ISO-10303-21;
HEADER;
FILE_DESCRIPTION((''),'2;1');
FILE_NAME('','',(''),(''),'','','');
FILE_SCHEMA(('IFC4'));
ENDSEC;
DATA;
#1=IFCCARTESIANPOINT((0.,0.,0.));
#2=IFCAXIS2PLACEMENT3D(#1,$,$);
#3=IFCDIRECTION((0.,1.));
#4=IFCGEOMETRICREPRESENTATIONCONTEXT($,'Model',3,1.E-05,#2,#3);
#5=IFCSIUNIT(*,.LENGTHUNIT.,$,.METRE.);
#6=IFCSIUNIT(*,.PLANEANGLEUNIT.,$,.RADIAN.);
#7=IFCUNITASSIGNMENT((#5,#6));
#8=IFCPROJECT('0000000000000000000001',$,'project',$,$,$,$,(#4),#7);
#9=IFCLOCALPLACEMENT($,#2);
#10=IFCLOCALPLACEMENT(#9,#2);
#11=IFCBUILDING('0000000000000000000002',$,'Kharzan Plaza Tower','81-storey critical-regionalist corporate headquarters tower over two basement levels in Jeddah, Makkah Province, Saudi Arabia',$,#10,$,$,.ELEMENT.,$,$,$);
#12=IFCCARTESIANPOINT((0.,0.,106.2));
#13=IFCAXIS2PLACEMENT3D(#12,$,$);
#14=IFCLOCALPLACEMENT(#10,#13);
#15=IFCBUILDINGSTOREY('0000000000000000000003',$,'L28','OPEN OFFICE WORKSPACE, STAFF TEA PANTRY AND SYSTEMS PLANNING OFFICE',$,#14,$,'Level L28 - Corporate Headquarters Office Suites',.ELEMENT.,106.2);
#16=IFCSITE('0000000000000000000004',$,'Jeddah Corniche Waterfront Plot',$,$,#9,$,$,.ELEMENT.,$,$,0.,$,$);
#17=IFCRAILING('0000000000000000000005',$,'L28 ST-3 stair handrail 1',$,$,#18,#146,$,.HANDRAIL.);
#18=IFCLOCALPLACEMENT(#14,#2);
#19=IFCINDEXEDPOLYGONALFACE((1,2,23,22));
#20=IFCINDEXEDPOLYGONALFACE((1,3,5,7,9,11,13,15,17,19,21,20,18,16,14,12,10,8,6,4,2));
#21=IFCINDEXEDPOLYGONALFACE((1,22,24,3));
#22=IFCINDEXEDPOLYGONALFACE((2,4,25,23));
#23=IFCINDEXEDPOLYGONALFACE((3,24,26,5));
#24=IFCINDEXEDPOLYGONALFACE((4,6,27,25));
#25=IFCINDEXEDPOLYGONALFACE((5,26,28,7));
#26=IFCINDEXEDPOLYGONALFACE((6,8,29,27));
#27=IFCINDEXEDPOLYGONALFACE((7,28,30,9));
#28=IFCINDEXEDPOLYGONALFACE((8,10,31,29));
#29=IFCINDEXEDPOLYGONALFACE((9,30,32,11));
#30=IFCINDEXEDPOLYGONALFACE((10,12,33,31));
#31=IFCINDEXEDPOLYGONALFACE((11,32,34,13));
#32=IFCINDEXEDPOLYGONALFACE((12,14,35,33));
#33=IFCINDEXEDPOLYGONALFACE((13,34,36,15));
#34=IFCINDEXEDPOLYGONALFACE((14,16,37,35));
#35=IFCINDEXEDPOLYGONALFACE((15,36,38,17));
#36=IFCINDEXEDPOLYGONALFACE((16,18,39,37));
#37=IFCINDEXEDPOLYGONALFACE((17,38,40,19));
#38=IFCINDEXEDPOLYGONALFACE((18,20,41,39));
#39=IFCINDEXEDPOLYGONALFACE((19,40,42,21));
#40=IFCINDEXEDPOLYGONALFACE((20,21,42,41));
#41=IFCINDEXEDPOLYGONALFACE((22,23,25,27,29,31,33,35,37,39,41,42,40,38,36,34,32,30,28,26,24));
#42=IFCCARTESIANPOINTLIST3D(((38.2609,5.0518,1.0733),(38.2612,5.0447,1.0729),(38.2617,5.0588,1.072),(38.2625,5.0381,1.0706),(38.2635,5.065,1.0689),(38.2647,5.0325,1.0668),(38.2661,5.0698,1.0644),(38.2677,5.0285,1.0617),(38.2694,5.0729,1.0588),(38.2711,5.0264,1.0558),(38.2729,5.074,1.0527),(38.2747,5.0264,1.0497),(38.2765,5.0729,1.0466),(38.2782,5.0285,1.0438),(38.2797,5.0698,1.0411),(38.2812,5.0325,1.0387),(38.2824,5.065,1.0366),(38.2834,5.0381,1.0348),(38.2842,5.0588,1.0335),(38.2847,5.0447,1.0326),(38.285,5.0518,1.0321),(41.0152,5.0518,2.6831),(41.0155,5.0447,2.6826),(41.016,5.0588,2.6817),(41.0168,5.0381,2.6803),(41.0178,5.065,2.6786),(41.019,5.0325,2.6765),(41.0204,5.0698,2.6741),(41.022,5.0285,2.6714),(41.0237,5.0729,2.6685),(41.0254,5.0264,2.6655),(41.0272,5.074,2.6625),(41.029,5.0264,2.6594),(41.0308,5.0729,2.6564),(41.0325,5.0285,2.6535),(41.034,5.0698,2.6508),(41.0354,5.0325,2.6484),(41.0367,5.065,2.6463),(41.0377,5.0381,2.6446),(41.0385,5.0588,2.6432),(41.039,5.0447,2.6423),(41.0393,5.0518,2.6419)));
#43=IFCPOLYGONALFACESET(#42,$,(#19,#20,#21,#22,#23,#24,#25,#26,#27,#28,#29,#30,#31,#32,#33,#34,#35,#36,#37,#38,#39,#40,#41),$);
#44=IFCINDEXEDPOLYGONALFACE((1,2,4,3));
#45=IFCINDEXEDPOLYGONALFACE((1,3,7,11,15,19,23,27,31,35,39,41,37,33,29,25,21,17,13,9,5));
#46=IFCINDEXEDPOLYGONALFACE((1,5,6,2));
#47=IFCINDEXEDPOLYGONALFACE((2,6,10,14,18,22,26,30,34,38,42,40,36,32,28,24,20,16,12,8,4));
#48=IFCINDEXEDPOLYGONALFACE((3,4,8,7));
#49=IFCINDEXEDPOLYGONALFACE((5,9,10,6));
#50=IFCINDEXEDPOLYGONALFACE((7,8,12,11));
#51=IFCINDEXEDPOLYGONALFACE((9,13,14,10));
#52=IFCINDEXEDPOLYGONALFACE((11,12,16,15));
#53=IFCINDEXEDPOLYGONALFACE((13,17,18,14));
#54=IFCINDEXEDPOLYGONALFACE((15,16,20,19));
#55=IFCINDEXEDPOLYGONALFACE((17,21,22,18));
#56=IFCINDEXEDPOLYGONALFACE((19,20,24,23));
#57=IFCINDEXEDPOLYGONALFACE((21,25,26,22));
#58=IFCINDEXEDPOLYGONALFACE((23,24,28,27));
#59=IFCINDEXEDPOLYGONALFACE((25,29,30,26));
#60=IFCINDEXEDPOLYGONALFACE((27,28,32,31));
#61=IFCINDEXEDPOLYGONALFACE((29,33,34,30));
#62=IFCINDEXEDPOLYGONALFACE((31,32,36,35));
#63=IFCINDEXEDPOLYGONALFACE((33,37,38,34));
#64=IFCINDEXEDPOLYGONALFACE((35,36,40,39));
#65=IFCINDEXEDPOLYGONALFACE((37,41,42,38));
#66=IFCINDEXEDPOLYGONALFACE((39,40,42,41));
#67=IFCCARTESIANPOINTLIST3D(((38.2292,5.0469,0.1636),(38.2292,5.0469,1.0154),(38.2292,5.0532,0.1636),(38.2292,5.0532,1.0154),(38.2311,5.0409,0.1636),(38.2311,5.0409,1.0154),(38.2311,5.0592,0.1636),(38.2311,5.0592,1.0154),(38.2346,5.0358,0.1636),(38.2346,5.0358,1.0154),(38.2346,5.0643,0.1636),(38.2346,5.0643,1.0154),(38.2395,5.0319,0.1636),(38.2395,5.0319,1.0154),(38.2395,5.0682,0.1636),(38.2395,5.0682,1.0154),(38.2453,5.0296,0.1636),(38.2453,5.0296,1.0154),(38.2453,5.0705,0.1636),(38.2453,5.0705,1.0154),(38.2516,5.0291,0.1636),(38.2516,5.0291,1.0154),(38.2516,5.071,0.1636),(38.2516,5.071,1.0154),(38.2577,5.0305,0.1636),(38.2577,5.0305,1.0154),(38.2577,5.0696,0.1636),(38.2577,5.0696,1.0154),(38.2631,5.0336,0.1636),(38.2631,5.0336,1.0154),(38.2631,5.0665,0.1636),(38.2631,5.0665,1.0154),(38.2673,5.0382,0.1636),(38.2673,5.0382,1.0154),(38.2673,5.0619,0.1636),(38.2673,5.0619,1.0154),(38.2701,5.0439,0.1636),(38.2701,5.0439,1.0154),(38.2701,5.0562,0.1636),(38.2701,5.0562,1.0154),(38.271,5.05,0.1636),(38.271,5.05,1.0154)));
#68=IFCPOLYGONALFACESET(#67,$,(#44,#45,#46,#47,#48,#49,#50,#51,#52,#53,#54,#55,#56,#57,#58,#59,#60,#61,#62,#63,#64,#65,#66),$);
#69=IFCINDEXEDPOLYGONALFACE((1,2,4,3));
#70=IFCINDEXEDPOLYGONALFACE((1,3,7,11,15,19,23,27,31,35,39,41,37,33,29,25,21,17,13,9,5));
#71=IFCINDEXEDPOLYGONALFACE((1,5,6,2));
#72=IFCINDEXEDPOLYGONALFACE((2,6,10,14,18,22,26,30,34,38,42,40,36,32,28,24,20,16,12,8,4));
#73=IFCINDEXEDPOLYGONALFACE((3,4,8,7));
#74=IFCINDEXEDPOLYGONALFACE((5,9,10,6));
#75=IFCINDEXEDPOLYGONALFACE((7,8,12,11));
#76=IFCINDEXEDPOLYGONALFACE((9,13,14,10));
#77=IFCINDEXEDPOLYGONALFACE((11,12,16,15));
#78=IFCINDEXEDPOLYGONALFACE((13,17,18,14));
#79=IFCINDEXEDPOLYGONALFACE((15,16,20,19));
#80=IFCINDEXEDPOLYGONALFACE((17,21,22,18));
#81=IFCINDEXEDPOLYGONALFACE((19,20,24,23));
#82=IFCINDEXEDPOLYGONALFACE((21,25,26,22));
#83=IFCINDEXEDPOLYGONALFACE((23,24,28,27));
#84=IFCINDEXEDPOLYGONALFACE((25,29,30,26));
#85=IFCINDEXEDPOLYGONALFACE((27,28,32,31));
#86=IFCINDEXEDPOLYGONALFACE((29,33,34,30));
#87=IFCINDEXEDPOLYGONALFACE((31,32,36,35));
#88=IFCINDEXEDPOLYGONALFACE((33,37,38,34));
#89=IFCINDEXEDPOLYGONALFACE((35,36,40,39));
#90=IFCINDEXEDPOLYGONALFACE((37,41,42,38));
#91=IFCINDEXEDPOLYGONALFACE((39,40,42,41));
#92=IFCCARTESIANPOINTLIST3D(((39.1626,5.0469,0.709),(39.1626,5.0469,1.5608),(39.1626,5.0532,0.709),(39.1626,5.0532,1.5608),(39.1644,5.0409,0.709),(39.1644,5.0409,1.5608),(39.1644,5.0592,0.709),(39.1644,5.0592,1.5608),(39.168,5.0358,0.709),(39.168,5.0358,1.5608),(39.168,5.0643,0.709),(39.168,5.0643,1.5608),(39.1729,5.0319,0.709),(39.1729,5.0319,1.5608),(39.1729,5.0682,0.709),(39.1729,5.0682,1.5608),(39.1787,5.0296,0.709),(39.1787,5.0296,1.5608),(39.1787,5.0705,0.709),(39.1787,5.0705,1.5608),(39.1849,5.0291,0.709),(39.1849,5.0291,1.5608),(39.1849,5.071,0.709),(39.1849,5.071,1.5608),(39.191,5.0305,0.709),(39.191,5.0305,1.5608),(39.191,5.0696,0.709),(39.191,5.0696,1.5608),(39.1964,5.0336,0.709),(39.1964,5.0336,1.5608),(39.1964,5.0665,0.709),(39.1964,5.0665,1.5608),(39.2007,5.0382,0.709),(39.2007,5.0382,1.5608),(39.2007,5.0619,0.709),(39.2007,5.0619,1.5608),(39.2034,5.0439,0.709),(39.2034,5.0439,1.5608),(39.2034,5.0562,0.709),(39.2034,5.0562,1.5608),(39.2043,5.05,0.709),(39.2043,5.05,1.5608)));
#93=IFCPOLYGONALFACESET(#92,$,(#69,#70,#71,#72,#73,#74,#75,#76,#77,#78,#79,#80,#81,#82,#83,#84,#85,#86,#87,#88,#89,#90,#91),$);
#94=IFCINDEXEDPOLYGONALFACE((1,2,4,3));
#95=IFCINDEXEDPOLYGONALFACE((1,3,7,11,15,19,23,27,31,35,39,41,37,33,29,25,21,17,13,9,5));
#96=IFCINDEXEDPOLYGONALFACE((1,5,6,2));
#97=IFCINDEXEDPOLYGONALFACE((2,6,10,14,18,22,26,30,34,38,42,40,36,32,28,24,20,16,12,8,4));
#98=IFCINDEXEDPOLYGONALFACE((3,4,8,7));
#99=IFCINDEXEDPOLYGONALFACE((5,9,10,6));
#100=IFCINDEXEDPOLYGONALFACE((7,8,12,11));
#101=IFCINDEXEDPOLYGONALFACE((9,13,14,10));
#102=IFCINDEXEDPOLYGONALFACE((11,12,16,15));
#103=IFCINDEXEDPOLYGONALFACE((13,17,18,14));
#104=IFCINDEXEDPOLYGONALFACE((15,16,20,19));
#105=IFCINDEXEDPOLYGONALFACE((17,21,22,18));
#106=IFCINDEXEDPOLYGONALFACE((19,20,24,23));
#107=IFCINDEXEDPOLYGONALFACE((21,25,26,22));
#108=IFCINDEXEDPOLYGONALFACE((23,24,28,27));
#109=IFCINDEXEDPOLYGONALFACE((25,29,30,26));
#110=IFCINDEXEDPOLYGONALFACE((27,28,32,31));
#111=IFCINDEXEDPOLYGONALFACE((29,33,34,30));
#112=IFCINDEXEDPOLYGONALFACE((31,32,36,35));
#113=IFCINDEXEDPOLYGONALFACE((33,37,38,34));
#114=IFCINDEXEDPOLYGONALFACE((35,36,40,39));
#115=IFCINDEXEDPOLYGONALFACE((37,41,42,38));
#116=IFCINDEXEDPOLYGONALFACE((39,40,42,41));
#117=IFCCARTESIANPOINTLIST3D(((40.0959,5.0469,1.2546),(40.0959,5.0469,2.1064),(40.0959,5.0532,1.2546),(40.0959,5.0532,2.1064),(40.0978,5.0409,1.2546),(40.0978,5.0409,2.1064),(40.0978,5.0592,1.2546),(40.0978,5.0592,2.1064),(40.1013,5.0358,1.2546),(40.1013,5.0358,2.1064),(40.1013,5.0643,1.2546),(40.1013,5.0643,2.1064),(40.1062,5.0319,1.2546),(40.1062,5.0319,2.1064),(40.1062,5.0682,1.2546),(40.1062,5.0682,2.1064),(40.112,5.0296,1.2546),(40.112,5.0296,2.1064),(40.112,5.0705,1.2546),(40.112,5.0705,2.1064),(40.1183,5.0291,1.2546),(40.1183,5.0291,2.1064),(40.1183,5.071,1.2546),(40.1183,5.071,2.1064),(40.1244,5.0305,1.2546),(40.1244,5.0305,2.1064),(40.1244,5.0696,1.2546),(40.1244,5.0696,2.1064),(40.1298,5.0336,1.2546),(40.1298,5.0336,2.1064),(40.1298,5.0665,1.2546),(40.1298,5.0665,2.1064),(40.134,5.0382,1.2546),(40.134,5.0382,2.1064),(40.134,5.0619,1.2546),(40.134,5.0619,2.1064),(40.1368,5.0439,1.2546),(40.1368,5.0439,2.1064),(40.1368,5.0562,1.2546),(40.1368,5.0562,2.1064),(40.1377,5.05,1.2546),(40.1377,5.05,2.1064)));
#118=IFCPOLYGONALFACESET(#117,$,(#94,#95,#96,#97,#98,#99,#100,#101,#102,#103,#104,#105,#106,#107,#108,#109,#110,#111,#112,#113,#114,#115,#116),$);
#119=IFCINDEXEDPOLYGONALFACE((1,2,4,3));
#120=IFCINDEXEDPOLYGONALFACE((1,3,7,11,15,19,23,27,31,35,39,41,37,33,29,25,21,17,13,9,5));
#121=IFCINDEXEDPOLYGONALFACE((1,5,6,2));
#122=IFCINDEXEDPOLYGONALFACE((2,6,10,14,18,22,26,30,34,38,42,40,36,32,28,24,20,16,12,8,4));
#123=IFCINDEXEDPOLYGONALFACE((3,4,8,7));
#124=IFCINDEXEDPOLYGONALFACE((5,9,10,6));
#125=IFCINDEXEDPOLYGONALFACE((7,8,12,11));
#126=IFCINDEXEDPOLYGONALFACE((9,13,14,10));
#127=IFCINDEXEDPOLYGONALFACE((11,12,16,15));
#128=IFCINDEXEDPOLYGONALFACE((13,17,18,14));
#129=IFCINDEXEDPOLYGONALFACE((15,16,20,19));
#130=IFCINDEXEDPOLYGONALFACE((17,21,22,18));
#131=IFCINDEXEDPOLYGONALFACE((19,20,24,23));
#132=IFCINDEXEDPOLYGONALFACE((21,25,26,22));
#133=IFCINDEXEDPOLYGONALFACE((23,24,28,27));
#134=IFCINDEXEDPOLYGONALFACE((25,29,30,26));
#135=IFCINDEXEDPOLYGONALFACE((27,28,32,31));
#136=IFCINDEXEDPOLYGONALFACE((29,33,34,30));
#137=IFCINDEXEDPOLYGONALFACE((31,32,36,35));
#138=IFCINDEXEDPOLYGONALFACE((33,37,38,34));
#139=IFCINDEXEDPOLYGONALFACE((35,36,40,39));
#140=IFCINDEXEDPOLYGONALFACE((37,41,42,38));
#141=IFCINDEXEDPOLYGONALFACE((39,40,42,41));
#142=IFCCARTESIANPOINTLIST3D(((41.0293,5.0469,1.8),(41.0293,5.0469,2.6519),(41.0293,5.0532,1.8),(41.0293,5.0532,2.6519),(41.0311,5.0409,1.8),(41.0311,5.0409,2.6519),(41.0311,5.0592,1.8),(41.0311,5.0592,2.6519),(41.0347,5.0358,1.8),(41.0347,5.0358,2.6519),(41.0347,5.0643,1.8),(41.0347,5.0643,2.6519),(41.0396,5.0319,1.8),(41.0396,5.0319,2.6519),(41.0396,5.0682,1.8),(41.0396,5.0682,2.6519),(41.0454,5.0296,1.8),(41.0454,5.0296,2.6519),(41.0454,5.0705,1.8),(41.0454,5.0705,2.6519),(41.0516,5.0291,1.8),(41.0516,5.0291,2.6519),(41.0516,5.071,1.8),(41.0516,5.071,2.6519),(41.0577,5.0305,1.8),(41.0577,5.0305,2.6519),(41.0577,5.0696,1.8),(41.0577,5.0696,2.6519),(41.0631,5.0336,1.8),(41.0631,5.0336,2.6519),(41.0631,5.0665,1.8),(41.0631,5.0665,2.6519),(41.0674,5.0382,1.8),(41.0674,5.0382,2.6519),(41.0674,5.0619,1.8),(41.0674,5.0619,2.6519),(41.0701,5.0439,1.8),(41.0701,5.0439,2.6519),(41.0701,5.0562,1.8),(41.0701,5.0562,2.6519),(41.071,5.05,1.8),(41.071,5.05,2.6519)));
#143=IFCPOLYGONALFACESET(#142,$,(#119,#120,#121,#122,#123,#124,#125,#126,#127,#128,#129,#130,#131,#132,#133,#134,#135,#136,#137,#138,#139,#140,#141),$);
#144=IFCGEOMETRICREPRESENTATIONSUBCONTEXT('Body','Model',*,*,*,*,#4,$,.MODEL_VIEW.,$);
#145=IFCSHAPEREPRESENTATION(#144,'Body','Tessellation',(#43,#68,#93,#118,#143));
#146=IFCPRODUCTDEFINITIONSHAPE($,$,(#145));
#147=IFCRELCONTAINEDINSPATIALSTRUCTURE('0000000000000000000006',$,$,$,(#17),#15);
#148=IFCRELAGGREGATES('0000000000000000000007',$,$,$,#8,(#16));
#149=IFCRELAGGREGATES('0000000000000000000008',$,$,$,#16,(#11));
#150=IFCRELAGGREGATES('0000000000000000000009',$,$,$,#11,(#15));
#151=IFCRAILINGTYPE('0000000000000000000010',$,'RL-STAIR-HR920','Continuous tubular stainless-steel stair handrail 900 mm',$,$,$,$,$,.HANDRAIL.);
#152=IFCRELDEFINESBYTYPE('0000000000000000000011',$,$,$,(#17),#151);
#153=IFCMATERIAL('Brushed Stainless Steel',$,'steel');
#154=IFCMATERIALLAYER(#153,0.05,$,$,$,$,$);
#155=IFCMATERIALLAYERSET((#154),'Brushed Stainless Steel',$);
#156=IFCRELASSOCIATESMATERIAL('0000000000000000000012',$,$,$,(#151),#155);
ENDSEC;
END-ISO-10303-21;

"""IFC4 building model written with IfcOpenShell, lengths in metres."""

from ifc_helpers import new_model, si_unit, direction, frame, origin, origin_2d, place, context, subcontext, project, spatial, circle, extrude, source, transform, mapped, material, layer, layer_set, type_object, element, save


model = new_model("IFC4")

# Units and contexts
model_context = context("Model", 3, precision=1e-05, world=origin(), true_north=direction((0.0, 1.0)))
body_context = subcontext(model_context, "Body", "Model", "MODEL_VIEW")
ifc_project = project(units=[si_unit("LENGTHUNIT", "METRE"), si_unit("PLANEANGLEUNIT", "RADIAN")], contexts=[model_context])

# Site, building, storey
site_placement = place(None, origin())
site = spatial("IfcSite", under=ifc_project, at=site_placement, Name="Jeddah Corniche Waterfront Plot", CompositionType="ELEMENT", RefElevation=0.0)
building_placement = place(site_placement, origin())
building = spatial("IfcBuilding", under=site, at=building_placement, Name="Kharzan Plaza Tower", Description="81-storey critical-regionalist corporate headquarters tower over two basement levels in Jeddah, Makkah Province, Saudi Arabia", CompositionType="ELEMENT")
storey_placement = place(building_placement, frame((0.0, 0.0, 106.2)))
storey = spatial("IfcBuildingStorey", under=building, at=storey_placement, Name="L28", Description="OPEN OFFICE WORKSPACE, STAFF TEA PANTRY AND SYSTEMS PLANNING OFFICE", LongName="Level L28 - Corporate Headquarters Office Suites", CompositionType="ELEMENT", Elevation=106.2)

# Shared definitions
ifc_material_1 = material(Name="Brushed Stainless Steel", Category="steel")

# Railing
ifc_layer_1 = layer(ifc_material_1, 0.05)
ifc_layer_set_1 = layer_set([ifc_layer_1], Name="Brushed Stainless Steel")
railing_type_1 = type_object("IfcRailingType", Name="RL-STAIR-HR920", Description="Continuous tubular stainless-steel stair handrail 900 mm", PredefinedType="HANDRAIL", material=ifc_layer_set_1)
shared_shape_1 = source(origin(), body_context, "Body", "SweptSolid", [
    extrude(circle(Radius=0.0239, at=origin_2d()), frame((0.0229, 0.0, 0.8892), z_axis=(0.863361, 0.0, 0.504587), x_axis=(0.0, 1.0, 0.0)), (0.0, 0.0, 1.0), 3.1902),
    extrude(circle(Radius=0.021, at=origin_2d()), origin(), (0.0, 0.0, 1.0), 0.8518),
    extrude(circle(Radius=0.021, at=origin_2d()), frame((0.9333, 0.0, 0.5454)), (0.0, 0.0, 1.0), 0.8518),
    extrude(circle(Radius=0.021, at=origin_2d()), frame((1.8667, 0.0, 1.0911)), (0.0, 0.0, 1.0), 0.8518),
    extrude(circle(Radius=0.021, at=origin_2d()), frame((2.8, 0.0, 1.6365)), (0.0, 0.0, 1.0), 0.8518),
])
railing_1_placement = place(storey_placement, frame((38.25, 5.05, 0.1636)))
element("IfcRailing", 1, at=railing_1_placement, inside=storey, type_object=railing_type_1, Name="L28 ST-3 stair handrail 1", PredefinedType="HANDRAIL", context=body_context, shape_type="MappedRepresentation", body=[
    mapped(shared_shape_1, transform((0.0, 0.0, 0.0), x_axis=(1.0, 0.0, 0.0), y_axis=(0.0, 1.0, 0.0), z_axis=(0.0, 0.0, 1.0))),
])

save(model, "model.ifc")
